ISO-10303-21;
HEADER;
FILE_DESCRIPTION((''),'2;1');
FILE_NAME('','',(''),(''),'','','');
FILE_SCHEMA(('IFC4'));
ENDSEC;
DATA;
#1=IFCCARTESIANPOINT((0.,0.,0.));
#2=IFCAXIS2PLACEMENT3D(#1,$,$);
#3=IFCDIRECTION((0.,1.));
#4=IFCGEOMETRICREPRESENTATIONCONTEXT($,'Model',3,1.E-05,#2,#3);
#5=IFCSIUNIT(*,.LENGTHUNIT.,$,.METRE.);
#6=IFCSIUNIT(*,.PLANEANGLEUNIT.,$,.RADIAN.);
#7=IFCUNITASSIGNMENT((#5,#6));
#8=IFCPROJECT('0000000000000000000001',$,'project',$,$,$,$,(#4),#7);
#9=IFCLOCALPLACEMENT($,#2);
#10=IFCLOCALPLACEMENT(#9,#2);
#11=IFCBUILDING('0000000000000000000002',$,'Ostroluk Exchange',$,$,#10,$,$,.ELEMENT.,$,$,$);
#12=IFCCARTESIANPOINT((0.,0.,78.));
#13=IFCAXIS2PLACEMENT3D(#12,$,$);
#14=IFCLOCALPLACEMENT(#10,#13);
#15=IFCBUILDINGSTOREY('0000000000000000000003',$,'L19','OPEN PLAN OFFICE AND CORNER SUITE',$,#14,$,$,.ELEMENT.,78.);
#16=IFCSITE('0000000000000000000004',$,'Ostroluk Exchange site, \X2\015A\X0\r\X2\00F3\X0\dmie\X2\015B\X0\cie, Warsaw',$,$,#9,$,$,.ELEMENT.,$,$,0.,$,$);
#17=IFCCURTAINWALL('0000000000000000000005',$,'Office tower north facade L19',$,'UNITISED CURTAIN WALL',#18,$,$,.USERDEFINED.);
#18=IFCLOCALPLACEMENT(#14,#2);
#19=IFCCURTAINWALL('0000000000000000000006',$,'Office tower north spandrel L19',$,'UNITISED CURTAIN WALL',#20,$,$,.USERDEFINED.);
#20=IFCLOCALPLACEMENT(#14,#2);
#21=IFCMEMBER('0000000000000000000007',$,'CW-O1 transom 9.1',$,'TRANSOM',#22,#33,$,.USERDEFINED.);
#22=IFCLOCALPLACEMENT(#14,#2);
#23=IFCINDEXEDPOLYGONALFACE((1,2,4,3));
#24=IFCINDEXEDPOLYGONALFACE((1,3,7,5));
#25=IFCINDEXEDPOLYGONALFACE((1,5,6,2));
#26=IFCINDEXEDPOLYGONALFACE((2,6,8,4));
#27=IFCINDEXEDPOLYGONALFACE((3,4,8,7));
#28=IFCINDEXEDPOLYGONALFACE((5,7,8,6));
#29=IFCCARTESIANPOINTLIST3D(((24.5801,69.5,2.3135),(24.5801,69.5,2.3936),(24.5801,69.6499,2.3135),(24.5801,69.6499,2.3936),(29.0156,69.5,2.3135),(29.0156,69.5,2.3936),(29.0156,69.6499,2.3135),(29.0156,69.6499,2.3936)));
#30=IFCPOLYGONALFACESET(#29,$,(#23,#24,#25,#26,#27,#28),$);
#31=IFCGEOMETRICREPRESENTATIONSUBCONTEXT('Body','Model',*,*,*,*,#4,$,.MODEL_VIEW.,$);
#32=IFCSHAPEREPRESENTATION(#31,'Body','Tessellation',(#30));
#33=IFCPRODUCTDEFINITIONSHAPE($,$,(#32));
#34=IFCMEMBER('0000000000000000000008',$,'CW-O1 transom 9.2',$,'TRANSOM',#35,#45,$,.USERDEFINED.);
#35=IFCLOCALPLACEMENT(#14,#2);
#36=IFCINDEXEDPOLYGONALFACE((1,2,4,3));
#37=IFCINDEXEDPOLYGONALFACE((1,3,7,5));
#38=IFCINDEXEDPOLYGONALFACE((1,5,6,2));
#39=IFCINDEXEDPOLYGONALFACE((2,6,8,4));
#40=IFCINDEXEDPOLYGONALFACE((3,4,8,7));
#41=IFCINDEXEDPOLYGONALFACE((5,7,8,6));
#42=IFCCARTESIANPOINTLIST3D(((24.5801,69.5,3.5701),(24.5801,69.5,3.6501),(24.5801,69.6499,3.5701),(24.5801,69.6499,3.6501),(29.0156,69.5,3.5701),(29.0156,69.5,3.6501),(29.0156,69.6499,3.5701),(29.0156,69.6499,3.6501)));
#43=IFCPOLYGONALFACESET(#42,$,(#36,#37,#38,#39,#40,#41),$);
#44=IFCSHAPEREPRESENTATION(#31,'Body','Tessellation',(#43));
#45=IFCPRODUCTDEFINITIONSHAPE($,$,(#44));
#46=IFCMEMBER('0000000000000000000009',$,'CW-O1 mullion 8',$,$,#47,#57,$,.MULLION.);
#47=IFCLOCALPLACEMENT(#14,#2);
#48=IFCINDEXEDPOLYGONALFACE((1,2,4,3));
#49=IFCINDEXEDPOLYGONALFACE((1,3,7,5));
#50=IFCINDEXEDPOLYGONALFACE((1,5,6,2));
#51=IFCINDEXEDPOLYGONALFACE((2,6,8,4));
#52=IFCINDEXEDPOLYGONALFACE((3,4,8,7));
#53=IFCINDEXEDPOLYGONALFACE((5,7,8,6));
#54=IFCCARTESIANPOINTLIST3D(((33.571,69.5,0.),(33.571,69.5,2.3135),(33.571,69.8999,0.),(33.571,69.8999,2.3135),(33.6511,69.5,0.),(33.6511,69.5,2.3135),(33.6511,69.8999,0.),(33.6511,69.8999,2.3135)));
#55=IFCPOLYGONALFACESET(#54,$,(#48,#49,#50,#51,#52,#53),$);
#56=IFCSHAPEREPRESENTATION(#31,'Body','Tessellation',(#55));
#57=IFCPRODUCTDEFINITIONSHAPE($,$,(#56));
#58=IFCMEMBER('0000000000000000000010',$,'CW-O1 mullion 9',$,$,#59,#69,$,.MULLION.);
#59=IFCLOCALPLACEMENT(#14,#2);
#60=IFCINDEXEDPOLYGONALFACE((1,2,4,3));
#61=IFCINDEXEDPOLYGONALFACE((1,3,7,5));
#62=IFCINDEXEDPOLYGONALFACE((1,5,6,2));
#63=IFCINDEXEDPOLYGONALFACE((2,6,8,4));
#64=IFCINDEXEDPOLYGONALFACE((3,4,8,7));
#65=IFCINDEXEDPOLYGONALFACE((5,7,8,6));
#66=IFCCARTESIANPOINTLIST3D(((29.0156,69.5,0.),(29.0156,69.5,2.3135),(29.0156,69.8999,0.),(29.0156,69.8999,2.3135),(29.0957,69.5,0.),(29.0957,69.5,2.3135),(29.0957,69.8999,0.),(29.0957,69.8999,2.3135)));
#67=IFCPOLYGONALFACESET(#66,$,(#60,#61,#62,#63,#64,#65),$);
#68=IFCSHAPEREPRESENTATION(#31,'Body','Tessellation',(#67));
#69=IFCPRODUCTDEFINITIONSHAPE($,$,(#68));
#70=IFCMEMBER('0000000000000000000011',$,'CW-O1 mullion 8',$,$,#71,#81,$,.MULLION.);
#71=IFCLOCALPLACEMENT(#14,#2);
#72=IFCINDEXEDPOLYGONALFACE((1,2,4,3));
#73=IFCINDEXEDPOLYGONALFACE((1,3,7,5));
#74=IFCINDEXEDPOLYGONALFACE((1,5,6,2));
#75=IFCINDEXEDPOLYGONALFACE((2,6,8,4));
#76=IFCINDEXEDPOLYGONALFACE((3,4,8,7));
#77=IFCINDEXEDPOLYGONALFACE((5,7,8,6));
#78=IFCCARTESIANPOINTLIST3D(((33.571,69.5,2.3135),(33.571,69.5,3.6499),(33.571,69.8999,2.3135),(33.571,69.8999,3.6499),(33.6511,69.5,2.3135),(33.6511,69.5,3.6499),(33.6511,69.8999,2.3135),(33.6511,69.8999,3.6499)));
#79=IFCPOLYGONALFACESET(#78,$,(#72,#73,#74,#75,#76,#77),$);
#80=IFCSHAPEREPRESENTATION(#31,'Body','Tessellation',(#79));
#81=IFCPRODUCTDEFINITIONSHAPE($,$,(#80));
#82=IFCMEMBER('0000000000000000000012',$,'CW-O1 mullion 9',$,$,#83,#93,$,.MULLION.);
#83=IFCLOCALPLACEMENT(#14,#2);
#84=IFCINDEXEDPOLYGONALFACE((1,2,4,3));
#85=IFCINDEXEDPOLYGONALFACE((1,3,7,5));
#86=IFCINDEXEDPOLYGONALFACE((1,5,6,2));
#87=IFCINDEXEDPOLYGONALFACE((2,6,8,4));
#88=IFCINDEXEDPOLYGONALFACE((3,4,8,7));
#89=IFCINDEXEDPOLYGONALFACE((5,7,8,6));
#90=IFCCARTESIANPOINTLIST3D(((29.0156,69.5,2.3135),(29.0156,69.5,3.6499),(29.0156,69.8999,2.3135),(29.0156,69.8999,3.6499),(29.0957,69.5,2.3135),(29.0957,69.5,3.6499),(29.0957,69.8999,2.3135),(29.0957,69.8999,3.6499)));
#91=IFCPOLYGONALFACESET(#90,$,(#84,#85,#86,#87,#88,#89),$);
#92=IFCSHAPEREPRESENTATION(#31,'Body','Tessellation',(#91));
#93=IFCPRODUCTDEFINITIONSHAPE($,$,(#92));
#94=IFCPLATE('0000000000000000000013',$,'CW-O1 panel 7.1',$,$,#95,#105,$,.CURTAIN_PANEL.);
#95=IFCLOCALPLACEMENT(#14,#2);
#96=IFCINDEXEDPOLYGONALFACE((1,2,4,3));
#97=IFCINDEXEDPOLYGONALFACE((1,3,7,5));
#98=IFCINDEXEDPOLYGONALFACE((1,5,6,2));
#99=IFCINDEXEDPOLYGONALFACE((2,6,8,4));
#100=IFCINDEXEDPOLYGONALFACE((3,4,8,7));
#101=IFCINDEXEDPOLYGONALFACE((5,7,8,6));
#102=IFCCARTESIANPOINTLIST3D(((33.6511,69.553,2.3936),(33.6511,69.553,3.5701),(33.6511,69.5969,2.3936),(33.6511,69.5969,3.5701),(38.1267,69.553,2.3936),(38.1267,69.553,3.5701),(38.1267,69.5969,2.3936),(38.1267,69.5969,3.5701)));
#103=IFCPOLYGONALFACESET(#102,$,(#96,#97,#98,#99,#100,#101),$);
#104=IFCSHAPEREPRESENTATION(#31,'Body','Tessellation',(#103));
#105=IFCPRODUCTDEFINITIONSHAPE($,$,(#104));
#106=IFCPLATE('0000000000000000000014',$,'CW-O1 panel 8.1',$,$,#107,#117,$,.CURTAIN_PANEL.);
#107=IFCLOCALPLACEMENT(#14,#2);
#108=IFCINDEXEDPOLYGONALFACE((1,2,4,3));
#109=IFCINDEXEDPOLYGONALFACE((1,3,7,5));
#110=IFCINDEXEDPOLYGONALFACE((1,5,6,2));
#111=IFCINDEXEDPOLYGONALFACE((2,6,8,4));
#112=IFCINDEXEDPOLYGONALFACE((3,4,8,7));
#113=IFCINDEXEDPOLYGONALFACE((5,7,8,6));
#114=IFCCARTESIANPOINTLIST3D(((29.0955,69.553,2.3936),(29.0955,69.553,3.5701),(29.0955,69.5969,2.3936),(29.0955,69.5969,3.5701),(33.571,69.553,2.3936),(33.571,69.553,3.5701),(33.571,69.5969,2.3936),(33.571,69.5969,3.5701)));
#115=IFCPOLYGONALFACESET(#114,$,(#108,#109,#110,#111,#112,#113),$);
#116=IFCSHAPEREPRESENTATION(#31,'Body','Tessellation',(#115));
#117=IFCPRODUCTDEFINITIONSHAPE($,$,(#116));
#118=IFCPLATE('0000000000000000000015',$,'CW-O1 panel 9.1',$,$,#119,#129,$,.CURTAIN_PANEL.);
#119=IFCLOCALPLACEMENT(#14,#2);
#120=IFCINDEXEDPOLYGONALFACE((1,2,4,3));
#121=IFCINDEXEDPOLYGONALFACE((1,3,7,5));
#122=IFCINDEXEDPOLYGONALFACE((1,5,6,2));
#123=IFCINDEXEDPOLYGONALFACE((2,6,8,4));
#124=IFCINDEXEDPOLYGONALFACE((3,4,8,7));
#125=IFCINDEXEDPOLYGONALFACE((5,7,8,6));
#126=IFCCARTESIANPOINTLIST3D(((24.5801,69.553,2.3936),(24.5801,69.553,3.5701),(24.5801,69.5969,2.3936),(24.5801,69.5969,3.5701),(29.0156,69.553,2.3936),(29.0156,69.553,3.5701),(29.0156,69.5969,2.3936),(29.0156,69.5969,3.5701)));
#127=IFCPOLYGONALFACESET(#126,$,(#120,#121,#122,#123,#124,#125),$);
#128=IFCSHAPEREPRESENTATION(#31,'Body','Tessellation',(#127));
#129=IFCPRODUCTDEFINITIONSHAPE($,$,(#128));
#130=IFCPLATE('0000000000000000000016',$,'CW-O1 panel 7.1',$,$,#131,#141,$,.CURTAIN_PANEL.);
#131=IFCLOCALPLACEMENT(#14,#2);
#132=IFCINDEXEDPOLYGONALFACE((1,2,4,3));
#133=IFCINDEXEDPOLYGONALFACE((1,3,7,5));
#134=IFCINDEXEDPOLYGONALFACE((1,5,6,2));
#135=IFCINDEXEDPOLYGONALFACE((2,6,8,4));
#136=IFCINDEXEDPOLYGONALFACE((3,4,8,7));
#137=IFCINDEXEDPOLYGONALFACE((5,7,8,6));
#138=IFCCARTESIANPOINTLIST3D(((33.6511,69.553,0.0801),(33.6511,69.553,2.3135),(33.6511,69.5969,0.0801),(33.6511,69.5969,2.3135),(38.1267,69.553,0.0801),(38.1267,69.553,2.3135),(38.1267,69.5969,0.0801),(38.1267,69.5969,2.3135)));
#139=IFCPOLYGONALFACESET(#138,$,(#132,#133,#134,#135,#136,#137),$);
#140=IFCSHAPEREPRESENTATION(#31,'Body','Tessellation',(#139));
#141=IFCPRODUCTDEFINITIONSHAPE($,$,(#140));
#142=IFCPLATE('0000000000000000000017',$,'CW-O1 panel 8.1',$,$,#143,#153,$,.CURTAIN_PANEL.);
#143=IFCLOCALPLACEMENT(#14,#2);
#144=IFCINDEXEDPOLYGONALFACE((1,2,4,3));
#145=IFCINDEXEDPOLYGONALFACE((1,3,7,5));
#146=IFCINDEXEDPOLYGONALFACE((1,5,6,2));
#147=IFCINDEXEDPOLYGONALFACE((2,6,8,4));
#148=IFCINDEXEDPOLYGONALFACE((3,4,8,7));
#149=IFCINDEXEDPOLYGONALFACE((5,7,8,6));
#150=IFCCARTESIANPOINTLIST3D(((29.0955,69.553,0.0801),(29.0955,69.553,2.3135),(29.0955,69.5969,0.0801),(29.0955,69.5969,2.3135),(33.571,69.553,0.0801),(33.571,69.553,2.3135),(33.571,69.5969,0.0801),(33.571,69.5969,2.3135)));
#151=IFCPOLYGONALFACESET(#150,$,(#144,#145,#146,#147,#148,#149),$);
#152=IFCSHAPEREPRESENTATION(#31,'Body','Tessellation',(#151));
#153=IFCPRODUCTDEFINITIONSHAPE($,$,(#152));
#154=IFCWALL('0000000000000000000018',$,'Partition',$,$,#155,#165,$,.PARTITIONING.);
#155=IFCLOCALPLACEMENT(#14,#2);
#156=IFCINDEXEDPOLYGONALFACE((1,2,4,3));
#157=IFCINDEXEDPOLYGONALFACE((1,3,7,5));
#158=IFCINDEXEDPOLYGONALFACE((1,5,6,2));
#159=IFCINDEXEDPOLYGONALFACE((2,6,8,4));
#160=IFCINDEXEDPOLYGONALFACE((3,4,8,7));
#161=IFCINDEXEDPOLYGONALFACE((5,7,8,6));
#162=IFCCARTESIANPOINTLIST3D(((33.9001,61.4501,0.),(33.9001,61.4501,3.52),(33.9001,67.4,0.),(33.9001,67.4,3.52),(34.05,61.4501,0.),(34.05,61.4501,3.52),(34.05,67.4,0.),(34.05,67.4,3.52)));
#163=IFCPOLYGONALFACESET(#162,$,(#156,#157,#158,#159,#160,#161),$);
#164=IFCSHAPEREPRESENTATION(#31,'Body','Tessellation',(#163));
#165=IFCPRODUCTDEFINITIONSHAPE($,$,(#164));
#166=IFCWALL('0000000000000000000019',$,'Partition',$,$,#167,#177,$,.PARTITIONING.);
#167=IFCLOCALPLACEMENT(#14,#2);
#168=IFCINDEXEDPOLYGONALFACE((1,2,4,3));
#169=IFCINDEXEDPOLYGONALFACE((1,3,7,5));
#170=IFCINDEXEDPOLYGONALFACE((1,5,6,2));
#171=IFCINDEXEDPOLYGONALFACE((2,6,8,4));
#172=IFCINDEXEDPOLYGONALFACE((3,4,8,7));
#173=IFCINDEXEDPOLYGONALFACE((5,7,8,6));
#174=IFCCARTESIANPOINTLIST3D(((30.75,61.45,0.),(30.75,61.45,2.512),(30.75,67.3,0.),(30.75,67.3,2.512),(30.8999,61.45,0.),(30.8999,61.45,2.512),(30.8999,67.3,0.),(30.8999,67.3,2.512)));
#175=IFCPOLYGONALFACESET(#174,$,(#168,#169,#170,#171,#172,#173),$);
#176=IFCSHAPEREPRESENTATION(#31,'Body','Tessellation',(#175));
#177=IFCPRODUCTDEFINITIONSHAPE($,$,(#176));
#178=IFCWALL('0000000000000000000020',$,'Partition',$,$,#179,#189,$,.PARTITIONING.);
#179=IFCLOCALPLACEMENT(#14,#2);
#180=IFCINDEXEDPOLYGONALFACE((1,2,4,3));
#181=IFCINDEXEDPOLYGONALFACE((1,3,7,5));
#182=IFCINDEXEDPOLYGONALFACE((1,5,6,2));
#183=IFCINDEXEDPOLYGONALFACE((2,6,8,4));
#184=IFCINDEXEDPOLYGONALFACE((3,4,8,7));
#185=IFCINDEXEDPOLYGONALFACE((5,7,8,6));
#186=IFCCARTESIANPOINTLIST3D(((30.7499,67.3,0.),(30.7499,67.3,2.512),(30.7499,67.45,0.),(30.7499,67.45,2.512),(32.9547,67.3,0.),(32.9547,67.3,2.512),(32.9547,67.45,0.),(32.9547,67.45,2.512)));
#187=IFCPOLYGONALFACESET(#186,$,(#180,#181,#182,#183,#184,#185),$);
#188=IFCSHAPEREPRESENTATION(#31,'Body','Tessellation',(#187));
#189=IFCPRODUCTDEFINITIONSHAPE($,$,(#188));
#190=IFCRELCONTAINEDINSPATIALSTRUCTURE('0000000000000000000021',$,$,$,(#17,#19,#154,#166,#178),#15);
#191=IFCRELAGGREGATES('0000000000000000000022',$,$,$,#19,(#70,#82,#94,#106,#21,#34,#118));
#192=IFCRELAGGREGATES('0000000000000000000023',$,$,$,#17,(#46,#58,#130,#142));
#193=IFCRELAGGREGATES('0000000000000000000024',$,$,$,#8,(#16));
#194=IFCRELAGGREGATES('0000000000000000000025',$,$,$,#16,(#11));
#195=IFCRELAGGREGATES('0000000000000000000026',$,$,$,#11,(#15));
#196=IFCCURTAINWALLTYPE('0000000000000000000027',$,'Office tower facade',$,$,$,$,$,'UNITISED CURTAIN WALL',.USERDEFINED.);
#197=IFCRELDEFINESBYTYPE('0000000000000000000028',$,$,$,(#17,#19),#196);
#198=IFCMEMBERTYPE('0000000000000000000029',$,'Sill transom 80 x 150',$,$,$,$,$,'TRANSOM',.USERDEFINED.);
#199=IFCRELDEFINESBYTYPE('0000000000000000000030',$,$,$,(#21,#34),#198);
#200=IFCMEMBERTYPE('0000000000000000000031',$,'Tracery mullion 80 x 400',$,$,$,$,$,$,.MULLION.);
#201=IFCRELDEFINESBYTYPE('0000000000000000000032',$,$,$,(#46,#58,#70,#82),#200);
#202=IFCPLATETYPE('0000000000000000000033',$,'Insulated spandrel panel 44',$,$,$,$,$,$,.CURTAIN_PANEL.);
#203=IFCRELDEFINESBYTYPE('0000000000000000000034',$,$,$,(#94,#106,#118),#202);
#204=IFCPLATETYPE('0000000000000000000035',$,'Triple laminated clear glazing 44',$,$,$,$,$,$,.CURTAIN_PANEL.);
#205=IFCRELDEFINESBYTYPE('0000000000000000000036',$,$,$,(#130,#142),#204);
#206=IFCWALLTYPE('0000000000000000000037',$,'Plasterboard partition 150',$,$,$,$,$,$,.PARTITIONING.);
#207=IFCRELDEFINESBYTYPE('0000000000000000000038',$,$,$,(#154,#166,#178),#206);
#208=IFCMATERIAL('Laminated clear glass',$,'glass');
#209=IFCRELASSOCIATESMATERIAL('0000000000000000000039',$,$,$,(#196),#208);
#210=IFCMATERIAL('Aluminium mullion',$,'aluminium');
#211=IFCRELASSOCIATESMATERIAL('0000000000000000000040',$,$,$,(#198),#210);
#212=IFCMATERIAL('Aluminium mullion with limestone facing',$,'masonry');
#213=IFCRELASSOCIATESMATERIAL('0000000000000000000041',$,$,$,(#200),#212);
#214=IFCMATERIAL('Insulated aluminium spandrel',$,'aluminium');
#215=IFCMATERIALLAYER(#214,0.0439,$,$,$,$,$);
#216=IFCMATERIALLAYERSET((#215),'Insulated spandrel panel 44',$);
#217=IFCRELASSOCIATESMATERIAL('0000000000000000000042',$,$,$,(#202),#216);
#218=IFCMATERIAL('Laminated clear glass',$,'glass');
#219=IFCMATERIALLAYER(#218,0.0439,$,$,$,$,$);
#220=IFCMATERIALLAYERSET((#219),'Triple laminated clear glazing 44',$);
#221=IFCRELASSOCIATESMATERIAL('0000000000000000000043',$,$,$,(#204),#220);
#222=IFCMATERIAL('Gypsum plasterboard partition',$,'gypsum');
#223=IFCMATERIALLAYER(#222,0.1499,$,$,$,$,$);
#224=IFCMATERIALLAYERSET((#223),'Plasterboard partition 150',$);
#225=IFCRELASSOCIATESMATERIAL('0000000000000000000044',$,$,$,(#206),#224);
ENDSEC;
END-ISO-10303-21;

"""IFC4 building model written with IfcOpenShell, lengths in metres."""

from ifc_helpers import new_model, si_unit, direction, frame, frame_2d, origin, origin_2d, place, context, subcontext, project, spatial, rectangle, extrude, material, layer, layer_set, material_profile, profile_set, type_object, element, aggregate, save


model = new_model("IFC4")

# Units and contexts
model_context = context("Model", 3, precision=1e-05, world=origin(), true_north=direction((0.0, 1.0)))
body_context = subcontext(model_context, "Body", "Model", "MODEL_VIEW")
ifc_project = project(units=[si_unit("LENGTHUNIT", "METRE"), si_unit("PLANEANGLEUNIT", "RADIAN")], contexts=[model_context])

# Site, building, storey
site_placement = place(None, origin())
site = spatial("IfcSite", under=ifc_project, at=site_placement, Name="Ostroluk Exchange site, Śródmieście, Warsaw", CompositionType="ELEMENT", RefElevation=0.0)
building_placement = place(site_placement, origin())
building = spatial("IfcBuilding", under=site, at=building_placement, Name="Ostroluk Exchange", CompositionType="ELEMENT")
storey_placement = place(building_placement, frame((0.0, 0.0, 78.0)))
storey = spatial("IfcBuildingStorey", under=building, at=storey_placement, Name="L19", Description="OPEN PLAN OFFICE AND CORNER SUITE", CompositionType="ELEMENT", Elevation=78.0)

# Curtain walls, members
ifc_material_1 = material(Name="Laminated clear glass", Category="glass")
curtain_wall_type = type_object("IfcCurtainWallType", Name="Office tower facade", ElementType="UNITISED CURTAIN WALL", PredefinedType="USERDEFINED", material=ifc_material_1)
curtain_wall_1_placement = place(storey_placement, origin())
curtain_wall_1 = element("IfcCurtainWall", 1, at=curtain_wall_1_placement, inside=storey, type_object=curtain_wall_type, Name="Office tower north facade L19", ObjectType="UNITISED CURTAIN WALL", PredefinedType="USERDEFINED")
ifc_material_2 = material(Name="Aluminium mullion", Category="aluminium")
ifc_material_profile_1 = material_profile(ifc_material_2, rectangle(XDim=0.1499, YDim=0.0801, at=origin_2d()), Name="Sill transom 80 x 150")
ifc_profile_set_1 = profile_set([ifc_material_profile_1], Name="Aluminium mullion")
member_type_1 = type_object("IfcMemberType", Name="Sill transom 80 x 150", ElementType="TRANSOM", PredefinedType="USERDEFINED", material=ifc_profile_set_1)
curtain_wall_2_placement = place(storey_placement, origin())
curtain_wall_2 = element("IfcCurtainWall", 2, at=curtain_wall_2_placement, inside=storey, type_object=curtain_wall_type, Name="Office tower north spandrel L19", ObjectType="UNITISED CURTAIN WALL", PredefinedType="USERDEFINED")
member_1_placement = place(storey_placement, frame((29.0156, 69.575, 2.3535), z_axis=(-1.0, 0.0, 0.0), x_axis=(0.0, -1.0, 0.0)))
member_1 = element("IfcMember", 3, at=member_1_placement, type_object=member_type_1, Name="CW-O1 transom 9.1", ObjectType="TRANSOM", PredefinedType="USERDEFINED", context=body_context, shape_type="SweptSolid", body=[
    extrude(rectangle(XDim=0.1499, YDim=0.0801, at=origin_2d()), origin(), (0.0, 0.0, 1.0), 4.4355),
])
member_2_placement = place(storey_placement, frame((29.0156, 69.575, 3.6101), z_axis=(-1.0, 0.0, 0.0), x_axis=(0.0, -1.0, 0.0)))
member_2 = element("IfcMember", 4, at=member_2_placement, type_object=member_type_1, Name="CW-O1 transom 9.2", ObjectType="TRANSOM", PredefinedType="USERDEFINED", context=body_context, shape_type="SweptSolid", body=[
    extrude(rectangle(XDim=0.1499, YDim=0.0801, at=origin_2d()), origin(), (0.0, 0.0, 1.0), 4.4355),
])

# Members
ifc_material_3 = material(Name="Aluminium mullion with limestone facing", Category="masonry")
ifc_material_profile_2 = material_profile(ifc_material_3, rectangle(XDim=0.3999, YDim=0.0801, at=origin_2d()), Name="Tracery mullion 80 x 400")
ifc_profile_set_2 = profile_set([ifc_material_profile_2], Name="Aluminium mullion with limestone facing")
member_type_2 = type_object("IfcMemberType", Name="Tracery mullion 80 x 400", PredefinedType="MULLION", material=ifc_profile_set_2)
member_3_placement = place(storey_placement, frame((33.6111, 69.7, 0.0), z_axis=(0.0, 0.0, 1.0), x_axis=(0.0, -1.0, 0.0)))
member_3 = element("IfcMember", 5, at=member_3_placement, type_object=member_type_2, Name="CW-O1 mullion 8", PredefinedType="MULLION", context=body_context, shape_type="SweptSolid", body=[
    extrude(rectangle(XDim=0.3999, YDim=0.0801, at=origin_2d()), origin(), (0.0, 0.0, 1.0), 2.3135),
])
member_4_placement = place(storey_placement, frame((29.0557, 69.7, 0.0), z_axis=(0.0, 0.0, 1.0), x_axis=(0.0, -1.0, 0.0)))
member_4 = element("IfcMember", 6, at=member_4_placement, type_object=member_type_2, Name="CW-O1 mullion 9", PredefinedType="MULLION", context=body_context, shape_type="SweptSolid", body=[
    extrude(rectangle(XDim=0.3999, YDim=0.0801, at=origin_2d()), origin(), (0.0, 0.0, 1.0), 2.3135),
])
member_5_placement = place(storey_placement, frame((33.6111, 69.7, 2.3135), z_axis=(0.0, 0.0, 1.0), x_axis=(0.0, -1.0, 0.0)))
member_5 = element("IfcMember", 7, at=member_5_placement, type_object=member_type_2, Name="CW-O1 mullion 8", PredefinedType="MULLION", context=body_context, shape_type="SweptSolid", body=[
    extrude(rectangle(XDim=0.3999, YDim=0.0801, at=origin_2d()), origin(), (0.0, 0.0, 1.0), 1.3364),
])
member_6_placement = place(storey_placement, frame((29.0557, 69.7, 2.3135), z_axis=(0.0, 0.0, 1.0), x_axis=(0.0, -1.0, 0.0)))
member_6 = element("IfcMember", 8, at=member_6_placement, type_object=member_type_2, Name="CW-O1 mullion 9", PredefinedType="MULLION", context=body_context, shape_type="SweptSolid", body=[
    extrude(rectangle(XDim=0.3999, YDim=0.0801, at=origin_2d()), origin(), (0.0, 0.0, 1.0), 1.3364),
])

# Plates
ifc_material_4 = material(Name="Insulated aluminium spandrel", Category="aluminium")
ifc_layer_1 = layer(ifc_material_4, 0.0439)
ifc_layer_set_1 = layer_set([ifc_layer_1], Name="Insulated spandrel panel 44")
plate_type_1 = type_object("IfcPlateType", Name="Insulated spandrel panel 44", PredefinedType="CURTAIN_PANEL", material=ifc_layer_set_1)
plate_1_placement = place(storey_placement, frame((35.8889, 69.575, 2.3936), z_axis=(0.0, 0.0, 1.0), x_axis=(-1.0, 0.0, 0.0)))
plate_1 = element("IfcPlate", 9, at=plate_1_placement, type_object=plate_type_1, Name="CW-O1 panel 7.1", PredefinedType="CURTAIN_PANEL", context=body_context, shape_type="SweptSolid", body=[
    extrude(rectangle(XDim=4.4756, YDim=0.0439, at=origin_2d()), origin(), (0.0, 0.0, 1.0), 1.1765),
])
plate_2_placement = place(storey_placement, frame((31.3333, 69.575, 2.3936), z_axis=(0.0, 0.0, 1.0), x_axis=(-1.0, 0.0, 0.0)))
plate_2 = element("IfcPlate", 10, at=plate_2_placement, type_object=plate_type_1, Name="CW-O1 panel 8.1", PredefinedType="CURTAIN_PANEL", context=body_context, shape_type="SweptSolid", body=[
    extrude(rectangle(XDim=4.4756, YDim=0.0439, at=origin_2d()), origin(), (0.0, 0.0, 1.0), 1.1765),
])
plate_3_placement = place(storey_placement, frame((26.7979, 69.575, 2.3936), z_axis=(0.0, 0.0, 1.0), x_axis=(-1.0, 0.0, 0.0)))
plate_3 = element("IfcPlate", 11, at=plate_3_placement, type_object=plate_type_1, Name="CW-O1 panel 9.1", PredefinedType="CURTAIN_PANEL", context=body_context, shape_type="SweptSolid", body=[
    extrude(rectangle(XDim=4.4355, YDim=0.0439, at=origin_2d()), origin(), (0.0, 0.0, 1.0), 1.1765),
])
aggregate(curtain_wall_2, [member_5, member_6, plate_1, plate_2, member_1, member_2, plate_3])
ifc_material_5 = material(Name="Laminated clear glass", Category="glass")
ifc_layer_2 = layer(ifc_material_5, 0.0439)
ifc_layer_set_2 = layer_set([ifc_layer_2], Name="Triple laminated clear glazing 44")
plate_type_2 = type_object("IfcPlateType", Name="Triple laminated clear glazing 44", PredefinedType="CURTAIN_PANEL", material=ifc_layer_set_2)
plate_4_placement = place(storey_placement, frame((35.8889, 69.575, 0.0801), z_axis=(0.0, 0.0, 1.0), x_axis=(-1.0, 0.0, 0.0)))
plate_4 = element("IfcPlate", 12, at=plate_4_placement, type_object=plate_type_2, Name="CW-O1 panel 7.1", PredefinedType="CURTAIN_PANEL", context=body_context, shape_type="SweptSolid", body=[
    extrude(rectangle(XDim=4.4756, YDim=0.0439, at=origin_2d()), origin(), (0.0, 0.0, 1.0), 2.2334),
])
plate_5_placement = place(storey_placement, frame((31.3333, 69.575, 0.0801), z_axis=(0.0, 0.0, 1.0), x_axis=(-1.0, 0.0, 0.0)))
plate_5 = element("IfcPlate", 13, at=plate_5_placement, type_object=plate_type_2, Name="CW-O1 panel 8.1", PredefinedType="CURTAIN_PANEL", context=body_context, shape_type="SweptSolid", body=[
    extrude(rectangle(XDim=4.4756, YDim=0.0439, at=origin_2d()), origin(), (0.0, 0.0, 1.0), 2.2334),
])
aggregate(curtain_wall_1, [member_3, member_4, plate_4, plate_5])

# Walls
ifc_material_6 = material(Name="Gypsum plasterboard partition", Category="gypsum")
ifc_layer_3 = layer(ifc_material_6, 0.1499)
ifc_layer_set_3 = layer_set([ifc_layer_3], Name="Plasterboard partition 150")
wall_type = type_object("IfcWallType", Name="Plasterboard partition 150", PredefinedType="PARTITIONING", material=ifc_layer_set_3)
wall_1_placement = place(storey_placement, frame((33.9751, 61.45, 0.0), z_axis=(0.0, 0.0, 1.0), x_axis=(0.0, 1.0, 0.0)))
element("IfcWall", 14, at=wall_1_placement, inside=storey, type_object=wall_type, Name="Partition", PredefinedType="PARTITIONING", context=body_context, shape_type="SweptSolid", body=[
    extrude(rectangle(XDim=5.95, YDim=0.1499, at=frame_2d((2.9751, 0.0))), origin(), (0.0, 0.0, 1.0), 3.52),
])
wall_2_placement = place(storey_placement, frame((30.825, 61.45, 0.0), z_axis=(0.0, 0.0, 1.0), x_axis=(0.0, 1.0, 0.0)))
element("IfcWall", 15, at=wall_2_placement, inside=storey, type_object=wall_type, Name="Partition", PredefinedType="PARTITIONING", context=body_context, shape_type="SweptSolid", body=[
    extrude(rectangle(XDim=5.8501, YDim=0.1499, at=frame_2d((2.925, 0.0))), origin(), (0.0, 0.0, 1.0), 2.512),
])
wall_3_placement = place(storey_placement, frame((32.9548, 67.375, 0.0), z_axis=(0.0, 0.0, 1.0), x_axis=(-1.0, 0.0, 0.0)))
element("IfcWall", 16, at=wall_3_placement, inside=storey, type_object=wall_type, Name="Partition", PredefinedType="PARTITIONING", context=body_context, shape_type="SweptSolid", body=[
    extrude(rectangle(XDim=2.2048, YDim=0.1499, at=frame_2d((1.1025, 0.0))), origin(), (0.0, 0.0, 1.0), 2.512),
])

save(model, "model.ifc")
